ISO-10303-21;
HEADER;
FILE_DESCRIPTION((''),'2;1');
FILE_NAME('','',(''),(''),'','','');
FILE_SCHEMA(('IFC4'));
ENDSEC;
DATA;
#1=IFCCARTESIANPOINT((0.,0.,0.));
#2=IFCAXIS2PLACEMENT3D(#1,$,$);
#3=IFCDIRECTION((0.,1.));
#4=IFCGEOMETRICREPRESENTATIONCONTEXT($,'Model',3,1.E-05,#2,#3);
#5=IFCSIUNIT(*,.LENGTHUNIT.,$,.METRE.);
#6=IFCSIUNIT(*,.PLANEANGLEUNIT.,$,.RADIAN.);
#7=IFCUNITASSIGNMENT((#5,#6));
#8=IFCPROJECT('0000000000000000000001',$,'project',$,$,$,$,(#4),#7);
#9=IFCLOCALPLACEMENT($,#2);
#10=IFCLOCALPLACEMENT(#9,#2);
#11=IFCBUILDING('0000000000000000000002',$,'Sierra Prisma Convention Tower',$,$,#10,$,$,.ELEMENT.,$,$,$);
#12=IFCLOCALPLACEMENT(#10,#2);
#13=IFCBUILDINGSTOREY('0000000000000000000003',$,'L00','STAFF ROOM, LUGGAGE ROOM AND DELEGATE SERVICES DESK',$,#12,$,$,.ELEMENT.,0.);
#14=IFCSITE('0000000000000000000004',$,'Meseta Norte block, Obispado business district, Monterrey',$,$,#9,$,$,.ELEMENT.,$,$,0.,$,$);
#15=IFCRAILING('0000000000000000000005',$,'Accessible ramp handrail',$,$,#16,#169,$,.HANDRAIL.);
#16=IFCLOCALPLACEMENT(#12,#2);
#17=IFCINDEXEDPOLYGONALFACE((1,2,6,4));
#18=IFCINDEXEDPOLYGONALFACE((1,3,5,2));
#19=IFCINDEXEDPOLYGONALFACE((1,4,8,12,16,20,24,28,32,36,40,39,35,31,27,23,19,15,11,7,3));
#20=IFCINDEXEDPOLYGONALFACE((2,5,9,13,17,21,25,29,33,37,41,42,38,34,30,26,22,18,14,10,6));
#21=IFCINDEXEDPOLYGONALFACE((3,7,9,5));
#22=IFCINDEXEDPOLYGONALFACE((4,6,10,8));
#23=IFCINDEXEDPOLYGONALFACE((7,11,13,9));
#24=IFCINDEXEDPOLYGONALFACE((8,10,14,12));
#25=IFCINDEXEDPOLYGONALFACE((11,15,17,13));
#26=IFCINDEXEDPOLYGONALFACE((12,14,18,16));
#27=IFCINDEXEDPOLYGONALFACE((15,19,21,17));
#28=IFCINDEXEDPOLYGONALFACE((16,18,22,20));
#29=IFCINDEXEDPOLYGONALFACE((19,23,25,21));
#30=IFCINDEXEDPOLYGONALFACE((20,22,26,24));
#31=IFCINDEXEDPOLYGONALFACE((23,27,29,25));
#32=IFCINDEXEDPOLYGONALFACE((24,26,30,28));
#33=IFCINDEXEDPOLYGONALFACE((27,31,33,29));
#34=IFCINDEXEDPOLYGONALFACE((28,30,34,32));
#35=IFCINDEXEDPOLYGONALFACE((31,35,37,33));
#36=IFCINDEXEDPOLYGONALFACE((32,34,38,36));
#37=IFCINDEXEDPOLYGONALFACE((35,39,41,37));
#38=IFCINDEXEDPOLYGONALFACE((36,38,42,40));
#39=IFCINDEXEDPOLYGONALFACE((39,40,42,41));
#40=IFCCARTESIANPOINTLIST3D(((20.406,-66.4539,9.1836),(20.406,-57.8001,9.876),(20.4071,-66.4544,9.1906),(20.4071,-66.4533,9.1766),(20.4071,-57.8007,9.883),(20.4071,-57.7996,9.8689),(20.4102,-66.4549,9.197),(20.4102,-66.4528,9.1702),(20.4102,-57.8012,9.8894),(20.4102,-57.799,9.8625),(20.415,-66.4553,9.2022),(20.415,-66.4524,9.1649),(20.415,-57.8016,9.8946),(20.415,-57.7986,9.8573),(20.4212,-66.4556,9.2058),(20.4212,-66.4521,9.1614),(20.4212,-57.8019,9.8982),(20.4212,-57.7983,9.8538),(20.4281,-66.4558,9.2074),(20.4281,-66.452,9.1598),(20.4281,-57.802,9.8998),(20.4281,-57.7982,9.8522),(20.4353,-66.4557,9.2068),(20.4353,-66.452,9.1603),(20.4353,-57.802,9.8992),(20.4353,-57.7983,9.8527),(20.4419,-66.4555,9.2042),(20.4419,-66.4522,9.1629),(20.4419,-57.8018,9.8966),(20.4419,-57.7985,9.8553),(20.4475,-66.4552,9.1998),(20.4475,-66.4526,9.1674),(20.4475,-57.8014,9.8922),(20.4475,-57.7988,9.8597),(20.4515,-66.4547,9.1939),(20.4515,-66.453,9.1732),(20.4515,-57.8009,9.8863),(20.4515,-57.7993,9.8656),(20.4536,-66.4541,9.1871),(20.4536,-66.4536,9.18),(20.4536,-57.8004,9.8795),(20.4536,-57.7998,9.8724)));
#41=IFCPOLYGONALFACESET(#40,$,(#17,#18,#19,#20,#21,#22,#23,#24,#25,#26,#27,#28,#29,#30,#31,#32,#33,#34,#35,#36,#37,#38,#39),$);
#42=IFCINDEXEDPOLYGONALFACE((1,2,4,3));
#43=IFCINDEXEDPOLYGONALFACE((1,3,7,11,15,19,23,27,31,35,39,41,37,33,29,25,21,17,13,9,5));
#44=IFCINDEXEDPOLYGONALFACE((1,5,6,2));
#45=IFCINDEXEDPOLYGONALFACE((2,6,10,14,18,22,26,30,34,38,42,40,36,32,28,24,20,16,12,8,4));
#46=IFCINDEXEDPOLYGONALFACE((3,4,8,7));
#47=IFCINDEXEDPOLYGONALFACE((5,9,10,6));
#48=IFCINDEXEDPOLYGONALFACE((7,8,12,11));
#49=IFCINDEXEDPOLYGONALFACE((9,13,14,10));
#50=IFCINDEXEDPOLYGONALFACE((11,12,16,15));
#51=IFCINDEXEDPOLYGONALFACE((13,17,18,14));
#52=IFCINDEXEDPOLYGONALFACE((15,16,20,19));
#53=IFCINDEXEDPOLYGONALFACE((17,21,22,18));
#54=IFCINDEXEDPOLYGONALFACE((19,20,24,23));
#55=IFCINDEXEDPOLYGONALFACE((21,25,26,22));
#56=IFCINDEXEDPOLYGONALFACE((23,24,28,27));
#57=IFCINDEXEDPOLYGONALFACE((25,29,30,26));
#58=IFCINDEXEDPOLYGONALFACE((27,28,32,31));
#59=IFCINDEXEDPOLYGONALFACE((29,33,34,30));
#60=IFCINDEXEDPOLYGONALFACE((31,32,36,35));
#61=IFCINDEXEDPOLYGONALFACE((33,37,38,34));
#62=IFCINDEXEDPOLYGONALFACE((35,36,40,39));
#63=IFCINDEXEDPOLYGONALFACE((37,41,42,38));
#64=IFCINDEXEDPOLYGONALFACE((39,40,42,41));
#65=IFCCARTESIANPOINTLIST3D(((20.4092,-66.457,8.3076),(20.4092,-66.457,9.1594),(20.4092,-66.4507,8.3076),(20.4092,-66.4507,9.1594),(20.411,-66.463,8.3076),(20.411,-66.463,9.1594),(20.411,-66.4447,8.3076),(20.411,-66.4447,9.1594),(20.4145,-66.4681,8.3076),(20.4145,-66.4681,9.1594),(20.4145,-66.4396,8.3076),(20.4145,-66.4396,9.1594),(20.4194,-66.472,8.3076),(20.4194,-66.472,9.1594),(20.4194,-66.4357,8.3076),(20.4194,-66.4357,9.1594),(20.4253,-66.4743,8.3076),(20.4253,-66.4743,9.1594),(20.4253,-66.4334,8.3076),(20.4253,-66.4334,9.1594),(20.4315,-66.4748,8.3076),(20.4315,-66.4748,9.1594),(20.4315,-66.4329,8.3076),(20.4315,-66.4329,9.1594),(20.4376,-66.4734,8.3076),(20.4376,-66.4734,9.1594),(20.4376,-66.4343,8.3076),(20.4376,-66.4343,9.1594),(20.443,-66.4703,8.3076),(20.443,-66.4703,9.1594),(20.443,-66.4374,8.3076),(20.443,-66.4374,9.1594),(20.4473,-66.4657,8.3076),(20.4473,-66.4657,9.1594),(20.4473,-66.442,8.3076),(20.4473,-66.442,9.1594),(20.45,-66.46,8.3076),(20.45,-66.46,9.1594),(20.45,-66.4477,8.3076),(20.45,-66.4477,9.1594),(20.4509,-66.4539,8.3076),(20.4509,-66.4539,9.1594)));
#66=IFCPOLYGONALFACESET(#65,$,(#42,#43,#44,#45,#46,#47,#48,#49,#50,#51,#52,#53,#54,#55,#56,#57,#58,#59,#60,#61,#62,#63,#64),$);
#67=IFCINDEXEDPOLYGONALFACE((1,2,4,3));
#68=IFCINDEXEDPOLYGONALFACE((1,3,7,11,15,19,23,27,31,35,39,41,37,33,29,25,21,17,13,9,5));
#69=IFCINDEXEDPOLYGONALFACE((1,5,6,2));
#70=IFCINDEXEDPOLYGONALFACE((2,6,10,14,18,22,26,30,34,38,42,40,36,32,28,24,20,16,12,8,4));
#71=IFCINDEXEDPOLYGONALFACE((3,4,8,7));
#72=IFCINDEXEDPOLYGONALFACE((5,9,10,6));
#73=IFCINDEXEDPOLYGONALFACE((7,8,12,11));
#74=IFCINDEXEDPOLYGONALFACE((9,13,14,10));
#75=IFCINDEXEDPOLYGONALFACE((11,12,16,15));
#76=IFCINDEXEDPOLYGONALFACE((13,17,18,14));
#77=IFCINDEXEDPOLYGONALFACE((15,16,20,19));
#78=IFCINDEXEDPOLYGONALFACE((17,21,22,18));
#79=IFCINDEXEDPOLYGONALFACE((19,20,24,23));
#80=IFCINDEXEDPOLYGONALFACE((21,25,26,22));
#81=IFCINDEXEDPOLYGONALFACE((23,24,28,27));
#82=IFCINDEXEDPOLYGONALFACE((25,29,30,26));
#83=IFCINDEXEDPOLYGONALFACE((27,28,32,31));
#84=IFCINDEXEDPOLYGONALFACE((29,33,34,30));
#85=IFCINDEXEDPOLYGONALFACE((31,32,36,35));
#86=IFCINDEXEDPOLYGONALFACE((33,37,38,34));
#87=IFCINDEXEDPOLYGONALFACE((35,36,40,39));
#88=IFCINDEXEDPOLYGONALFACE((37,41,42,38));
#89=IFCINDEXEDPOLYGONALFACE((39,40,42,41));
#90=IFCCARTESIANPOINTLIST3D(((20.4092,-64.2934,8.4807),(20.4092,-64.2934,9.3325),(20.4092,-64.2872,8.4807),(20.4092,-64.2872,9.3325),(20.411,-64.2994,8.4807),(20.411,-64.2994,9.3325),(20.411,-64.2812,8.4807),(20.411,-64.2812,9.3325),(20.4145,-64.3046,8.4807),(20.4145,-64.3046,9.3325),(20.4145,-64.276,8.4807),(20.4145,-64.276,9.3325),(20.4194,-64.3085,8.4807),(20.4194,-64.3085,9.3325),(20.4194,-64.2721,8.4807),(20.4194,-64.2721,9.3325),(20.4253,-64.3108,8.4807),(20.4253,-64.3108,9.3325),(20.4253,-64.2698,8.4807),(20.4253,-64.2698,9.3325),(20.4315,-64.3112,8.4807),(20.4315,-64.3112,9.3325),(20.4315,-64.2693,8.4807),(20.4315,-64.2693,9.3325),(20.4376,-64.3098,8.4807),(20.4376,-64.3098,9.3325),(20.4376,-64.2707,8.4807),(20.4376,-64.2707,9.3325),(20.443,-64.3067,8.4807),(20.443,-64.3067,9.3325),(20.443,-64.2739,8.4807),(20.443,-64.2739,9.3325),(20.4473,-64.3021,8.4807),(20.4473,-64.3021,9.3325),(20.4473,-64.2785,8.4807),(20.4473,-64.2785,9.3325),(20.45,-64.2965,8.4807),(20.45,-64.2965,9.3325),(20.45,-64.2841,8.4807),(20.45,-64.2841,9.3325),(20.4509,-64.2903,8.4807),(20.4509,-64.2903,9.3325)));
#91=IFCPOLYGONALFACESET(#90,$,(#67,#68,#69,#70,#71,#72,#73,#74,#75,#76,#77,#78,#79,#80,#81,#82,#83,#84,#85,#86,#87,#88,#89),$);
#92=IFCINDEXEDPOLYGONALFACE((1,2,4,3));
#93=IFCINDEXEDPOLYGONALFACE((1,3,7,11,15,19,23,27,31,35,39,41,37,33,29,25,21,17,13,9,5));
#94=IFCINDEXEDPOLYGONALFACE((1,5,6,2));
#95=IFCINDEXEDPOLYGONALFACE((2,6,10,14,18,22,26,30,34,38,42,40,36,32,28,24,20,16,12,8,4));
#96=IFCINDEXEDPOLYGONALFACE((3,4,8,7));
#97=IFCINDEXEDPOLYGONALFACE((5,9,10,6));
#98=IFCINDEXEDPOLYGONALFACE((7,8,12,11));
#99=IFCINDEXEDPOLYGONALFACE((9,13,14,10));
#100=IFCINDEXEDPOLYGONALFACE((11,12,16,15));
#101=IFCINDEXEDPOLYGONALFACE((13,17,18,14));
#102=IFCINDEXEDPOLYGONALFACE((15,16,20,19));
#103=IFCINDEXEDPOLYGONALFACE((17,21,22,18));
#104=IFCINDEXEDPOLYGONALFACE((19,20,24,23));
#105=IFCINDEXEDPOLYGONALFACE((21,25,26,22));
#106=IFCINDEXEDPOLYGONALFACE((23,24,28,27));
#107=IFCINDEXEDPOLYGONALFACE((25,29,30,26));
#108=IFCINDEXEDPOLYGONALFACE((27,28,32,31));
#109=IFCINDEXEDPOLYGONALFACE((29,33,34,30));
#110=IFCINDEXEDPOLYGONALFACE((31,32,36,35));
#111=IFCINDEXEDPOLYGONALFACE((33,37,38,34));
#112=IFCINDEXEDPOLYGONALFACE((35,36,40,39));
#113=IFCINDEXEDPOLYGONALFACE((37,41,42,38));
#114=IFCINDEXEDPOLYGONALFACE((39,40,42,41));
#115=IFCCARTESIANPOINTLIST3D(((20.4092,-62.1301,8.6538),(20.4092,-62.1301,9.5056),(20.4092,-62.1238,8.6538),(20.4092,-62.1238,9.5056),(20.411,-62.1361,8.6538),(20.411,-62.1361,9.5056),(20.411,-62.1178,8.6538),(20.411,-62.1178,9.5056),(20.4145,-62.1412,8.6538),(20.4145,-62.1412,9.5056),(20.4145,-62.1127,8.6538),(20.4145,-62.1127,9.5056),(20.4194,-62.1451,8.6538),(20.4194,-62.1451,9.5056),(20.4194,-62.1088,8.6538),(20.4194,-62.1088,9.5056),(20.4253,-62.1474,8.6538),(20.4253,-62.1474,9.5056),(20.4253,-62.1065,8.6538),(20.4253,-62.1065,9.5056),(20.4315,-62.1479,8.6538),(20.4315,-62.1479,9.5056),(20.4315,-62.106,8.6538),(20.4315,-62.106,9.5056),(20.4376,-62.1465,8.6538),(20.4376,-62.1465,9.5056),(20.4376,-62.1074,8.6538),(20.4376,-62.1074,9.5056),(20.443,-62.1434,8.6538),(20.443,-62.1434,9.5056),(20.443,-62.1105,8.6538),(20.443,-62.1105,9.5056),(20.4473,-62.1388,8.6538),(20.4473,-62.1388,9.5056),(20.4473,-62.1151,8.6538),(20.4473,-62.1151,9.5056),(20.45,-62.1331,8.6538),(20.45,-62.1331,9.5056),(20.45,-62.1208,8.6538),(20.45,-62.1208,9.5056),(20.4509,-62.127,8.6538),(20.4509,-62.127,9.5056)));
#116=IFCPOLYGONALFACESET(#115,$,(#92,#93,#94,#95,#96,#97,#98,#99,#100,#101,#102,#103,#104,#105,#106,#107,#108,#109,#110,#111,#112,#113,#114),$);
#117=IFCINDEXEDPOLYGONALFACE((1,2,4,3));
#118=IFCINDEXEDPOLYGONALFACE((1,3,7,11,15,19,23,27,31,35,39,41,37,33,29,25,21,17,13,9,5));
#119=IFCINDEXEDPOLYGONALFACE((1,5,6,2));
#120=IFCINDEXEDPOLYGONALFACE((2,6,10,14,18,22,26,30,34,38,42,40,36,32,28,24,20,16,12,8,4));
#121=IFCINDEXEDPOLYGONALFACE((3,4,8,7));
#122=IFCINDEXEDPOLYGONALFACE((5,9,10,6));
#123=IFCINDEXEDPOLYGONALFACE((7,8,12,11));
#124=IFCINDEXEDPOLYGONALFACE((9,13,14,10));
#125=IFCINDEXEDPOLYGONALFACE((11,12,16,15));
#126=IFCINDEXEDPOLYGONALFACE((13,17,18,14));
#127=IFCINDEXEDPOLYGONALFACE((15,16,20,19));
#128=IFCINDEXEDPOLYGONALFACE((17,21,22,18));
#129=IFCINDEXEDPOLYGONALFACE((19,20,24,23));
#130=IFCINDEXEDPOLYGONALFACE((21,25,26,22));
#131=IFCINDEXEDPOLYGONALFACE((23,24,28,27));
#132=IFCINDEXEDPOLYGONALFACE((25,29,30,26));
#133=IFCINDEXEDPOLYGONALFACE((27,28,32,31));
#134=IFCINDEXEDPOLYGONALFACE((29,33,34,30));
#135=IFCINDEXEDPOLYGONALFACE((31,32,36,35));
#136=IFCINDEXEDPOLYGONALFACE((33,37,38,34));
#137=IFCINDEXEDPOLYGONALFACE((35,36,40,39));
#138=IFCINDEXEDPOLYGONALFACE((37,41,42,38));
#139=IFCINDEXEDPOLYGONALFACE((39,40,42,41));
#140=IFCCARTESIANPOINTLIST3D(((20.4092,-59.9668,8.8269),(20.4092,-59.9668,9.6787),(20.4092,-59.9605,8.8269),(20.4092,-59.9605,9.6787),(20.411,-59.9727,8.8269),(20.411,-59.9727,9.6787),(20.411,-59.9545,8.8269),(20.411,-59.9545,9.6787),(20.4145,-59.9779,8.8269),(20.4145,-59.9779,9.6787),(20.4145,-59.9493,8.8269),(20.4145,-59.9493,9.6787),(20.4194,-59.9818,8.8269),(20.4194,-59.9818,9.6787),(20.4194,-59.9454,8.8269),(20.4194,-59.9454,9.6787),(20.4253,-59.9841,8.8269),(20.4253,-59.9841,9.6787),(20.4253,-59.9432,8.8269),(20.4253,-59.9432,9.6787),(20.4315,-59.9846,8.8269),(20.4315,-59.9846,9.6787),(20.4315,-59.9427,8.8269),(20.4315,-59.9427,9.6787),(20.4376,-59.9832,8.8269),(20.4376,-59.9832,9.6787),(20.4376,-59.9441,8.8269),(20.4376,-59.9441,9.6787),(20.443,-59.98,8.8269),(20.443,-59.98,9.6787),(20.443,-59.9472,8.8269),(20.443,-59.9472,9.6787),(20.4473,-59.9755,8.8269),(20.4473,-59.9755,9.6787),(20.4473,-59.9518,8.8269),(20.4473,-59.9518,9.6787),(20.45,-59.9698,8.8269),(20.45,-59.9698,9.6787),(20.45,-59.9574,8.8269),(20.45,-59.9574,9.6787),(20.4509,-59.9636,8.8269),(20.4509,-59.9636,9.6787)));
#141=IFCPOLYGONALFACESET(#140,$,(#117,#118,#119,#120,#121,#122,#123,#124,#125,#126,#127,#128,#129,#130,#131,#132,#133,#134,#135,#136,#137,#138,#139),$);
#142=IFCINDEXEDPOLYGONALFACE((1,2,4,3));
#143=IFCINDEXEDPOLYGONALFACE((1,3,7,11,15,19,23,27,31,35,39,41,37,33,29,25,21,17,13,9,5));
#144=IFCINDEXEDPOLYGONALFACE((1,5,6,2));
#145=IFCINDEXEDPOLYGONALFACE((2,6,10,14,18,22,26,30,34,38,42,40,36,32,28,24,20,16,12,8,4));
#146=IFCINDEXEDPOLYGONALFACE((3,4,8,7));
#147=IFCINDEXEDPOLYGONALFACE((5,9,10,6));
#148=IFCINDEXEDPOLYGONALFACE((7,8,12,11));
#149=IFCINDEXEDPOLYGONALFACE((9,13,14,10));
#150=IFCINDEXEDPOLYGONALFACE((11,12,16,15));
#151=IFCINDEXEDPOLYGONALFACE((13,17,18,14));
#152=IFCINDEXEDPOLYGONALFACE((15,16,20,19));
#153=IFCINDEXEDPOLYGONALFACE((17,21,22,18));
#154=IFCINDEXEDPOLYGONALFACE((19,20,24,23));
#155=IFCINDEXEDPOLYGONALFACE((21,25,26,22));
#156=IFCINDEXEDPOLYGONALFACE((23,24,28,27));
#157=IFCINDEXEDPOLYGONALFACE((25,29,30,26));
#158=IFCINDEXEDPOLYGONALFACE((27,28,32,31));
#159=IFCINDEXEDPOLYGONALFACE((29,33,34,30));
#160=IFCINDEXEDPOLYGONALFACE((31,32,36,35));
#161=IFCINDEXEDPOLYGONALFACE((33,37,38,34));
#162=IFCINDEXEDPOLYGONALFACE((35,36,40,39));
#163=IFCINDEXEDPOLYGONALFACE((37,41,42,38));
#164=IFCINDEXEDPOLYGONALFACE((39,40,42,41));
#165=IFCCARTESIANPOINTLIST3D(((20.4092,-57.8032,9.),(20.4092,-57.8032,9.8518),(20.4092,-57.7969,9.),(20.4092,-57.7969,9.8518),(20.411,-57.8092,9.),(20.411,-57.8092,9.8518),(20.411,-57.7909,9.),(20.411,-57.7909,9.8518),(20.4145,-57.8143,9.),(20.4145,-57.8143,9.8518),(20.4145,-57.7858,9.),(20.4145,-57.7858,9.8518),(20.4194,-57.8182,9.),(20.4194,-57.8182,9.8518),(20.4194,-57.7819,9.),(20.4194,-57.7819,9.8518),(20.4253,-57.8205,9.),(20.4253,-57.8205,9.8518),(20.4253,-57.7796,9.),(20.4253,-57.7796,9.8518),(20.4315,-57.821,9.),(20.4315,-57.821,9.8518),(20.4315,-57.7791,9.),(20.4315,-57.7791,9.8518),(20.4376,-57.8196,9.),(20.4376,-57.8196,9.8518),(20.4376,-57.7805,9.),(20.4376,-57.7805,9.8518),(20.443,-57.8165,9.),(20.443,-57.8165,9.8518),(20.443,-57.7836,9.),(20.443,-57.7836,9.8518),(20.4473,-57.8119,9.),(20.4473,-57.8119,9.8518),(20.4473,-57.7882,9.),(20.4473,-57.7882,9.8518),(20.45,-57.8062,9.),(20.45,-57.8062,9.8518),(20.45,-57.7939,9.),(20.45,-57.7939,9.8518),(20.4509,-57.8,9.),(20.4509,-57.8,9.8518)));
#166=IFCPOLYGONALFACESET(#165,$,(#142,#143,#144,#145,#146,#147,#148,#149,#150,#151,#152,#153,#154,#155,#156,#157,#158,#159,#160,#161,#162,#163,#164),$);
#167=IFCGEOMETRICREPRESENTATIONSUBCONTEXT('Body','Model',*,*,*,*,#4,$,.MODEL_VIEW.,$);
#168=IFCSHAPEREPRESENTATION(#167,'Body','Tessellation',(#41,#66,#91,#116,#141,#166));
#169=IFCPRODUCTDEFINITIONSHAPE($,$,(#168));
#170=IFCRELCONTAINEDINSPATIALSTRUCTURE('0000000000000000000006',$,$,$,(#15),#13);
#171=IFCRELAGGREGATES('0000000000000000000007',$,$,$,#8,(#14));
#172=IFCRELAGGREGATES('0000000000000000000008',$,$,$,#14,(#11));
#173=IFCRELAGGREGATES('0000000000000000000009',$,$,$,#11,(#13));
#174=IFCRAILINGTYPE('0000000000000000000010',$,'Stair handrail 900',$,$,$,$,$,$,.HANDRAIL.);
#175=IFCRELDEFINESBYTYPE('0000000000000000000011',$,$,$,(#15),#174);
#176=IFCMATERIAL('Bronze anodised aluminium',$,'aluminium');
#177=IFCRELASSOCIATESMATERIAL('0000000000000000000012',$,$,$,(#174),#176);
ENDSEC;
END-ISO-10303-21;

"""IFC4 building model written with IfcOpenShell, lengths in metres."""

from ifc_helpers import new_model, si_unit, direction, frame, origin, origin_2d, place, context, subcontext, project, spatial, circle, extrude, material, type_object, element, save


model = new_model("IFC4")

# Units and contexts
model_context = context("Model", 3, precision=1e-05, world=origin(), true_north=direction((0.0, 1.0)))
body_context = subcontext(model_context, "Body", "Model", "MODEL_VIEW")
ifc_project = project(units=[si_unit("LENGTHUNIT", "METRE"), si_unit("PLANEANGLEUNIT", "RADIAN")], contexts=[model_context])

# Site, building, storey
site_placement = place(None, origin())
site = spatial("IfcSite", under=ifc_project, at=site_placement, Name="Meseta Norte block, Obispado business district, Monterrey", CompositionType="ELEMENT", RefElevation=0.0)
building_placement = place(site_placement, origin())
building = spatial("IfcBuilding", under=site, at=building_placement, Name="Sierra Prisma Convention Tower", CompositionType="ELEMENT")
storey_placement = place(building_placement, origin())
storey = spatial("IfcBuildingStorey", under=building, at=storey_placement, Name="L00", Description="STAFF ROOM, LUGGAGE ROOM AND DELEGATE SERVICES DESK", CompositionType="ELEMENT", Elevation=0.0)

# Railing
ifc_material_1 = material(Name="Bronze anodised aluminium", Category="aluminium")
railing_type_1 = type_object("IfcRailingType", Name="Stair handrail 900", PredefinedType="HANDRAIL", material=ifc_material_1)
railing_1_placement = place(storey_placement, frame((20.4299, -66.4539, 8.3076)))
element("IfcRailing", 1, at=railing_1_placement, inside=storey, type_object=railing_type_1, Name="Accessible ramp handrail", PredefinedType="HANDRAIL", context=body_context, shape_type="SweptSolid", body=[
    extrude(circle(Radius=0.0239, at=origin_2d()), frame((0.0, 0.0, 0.876), z_axis=(0.0, 0.996815, 0.079754), x_axis=(-1.0, 0.0, 0.0)), (0.0, 0.0, 1.0), 8.6814),
    extrude(circle(Radius=0.021, at=origin_2d()), origin(), (0.0, 0.0, 1.0), 0.8518),
    extrude(circle(Radius=0.021, at=origin_2d()), frame((0.0, 2.1636, 0.1731)), (0.0, 0.0, 1.0), 0.8518),
    extrude(circle(Radius=0.021, at=origin_2d()), frame((0.0, 4.3269, 0.3462)), (0.0, 0.0, 1.0), 0.8518),
    extrude(circle(Radius=0.021, at=origin_2d()), frame((0.0, 6.4902, 0.5193)), (0.0, 0.0, 1.0), 0.8518),
    extrude(circle(Radius=0.021, at=origin_2d()), frame((0.0, 8.6538, 0.6924)), (0.0, 0.0, 1.0), 0.8518),
])

save(model, "model.ifc")
